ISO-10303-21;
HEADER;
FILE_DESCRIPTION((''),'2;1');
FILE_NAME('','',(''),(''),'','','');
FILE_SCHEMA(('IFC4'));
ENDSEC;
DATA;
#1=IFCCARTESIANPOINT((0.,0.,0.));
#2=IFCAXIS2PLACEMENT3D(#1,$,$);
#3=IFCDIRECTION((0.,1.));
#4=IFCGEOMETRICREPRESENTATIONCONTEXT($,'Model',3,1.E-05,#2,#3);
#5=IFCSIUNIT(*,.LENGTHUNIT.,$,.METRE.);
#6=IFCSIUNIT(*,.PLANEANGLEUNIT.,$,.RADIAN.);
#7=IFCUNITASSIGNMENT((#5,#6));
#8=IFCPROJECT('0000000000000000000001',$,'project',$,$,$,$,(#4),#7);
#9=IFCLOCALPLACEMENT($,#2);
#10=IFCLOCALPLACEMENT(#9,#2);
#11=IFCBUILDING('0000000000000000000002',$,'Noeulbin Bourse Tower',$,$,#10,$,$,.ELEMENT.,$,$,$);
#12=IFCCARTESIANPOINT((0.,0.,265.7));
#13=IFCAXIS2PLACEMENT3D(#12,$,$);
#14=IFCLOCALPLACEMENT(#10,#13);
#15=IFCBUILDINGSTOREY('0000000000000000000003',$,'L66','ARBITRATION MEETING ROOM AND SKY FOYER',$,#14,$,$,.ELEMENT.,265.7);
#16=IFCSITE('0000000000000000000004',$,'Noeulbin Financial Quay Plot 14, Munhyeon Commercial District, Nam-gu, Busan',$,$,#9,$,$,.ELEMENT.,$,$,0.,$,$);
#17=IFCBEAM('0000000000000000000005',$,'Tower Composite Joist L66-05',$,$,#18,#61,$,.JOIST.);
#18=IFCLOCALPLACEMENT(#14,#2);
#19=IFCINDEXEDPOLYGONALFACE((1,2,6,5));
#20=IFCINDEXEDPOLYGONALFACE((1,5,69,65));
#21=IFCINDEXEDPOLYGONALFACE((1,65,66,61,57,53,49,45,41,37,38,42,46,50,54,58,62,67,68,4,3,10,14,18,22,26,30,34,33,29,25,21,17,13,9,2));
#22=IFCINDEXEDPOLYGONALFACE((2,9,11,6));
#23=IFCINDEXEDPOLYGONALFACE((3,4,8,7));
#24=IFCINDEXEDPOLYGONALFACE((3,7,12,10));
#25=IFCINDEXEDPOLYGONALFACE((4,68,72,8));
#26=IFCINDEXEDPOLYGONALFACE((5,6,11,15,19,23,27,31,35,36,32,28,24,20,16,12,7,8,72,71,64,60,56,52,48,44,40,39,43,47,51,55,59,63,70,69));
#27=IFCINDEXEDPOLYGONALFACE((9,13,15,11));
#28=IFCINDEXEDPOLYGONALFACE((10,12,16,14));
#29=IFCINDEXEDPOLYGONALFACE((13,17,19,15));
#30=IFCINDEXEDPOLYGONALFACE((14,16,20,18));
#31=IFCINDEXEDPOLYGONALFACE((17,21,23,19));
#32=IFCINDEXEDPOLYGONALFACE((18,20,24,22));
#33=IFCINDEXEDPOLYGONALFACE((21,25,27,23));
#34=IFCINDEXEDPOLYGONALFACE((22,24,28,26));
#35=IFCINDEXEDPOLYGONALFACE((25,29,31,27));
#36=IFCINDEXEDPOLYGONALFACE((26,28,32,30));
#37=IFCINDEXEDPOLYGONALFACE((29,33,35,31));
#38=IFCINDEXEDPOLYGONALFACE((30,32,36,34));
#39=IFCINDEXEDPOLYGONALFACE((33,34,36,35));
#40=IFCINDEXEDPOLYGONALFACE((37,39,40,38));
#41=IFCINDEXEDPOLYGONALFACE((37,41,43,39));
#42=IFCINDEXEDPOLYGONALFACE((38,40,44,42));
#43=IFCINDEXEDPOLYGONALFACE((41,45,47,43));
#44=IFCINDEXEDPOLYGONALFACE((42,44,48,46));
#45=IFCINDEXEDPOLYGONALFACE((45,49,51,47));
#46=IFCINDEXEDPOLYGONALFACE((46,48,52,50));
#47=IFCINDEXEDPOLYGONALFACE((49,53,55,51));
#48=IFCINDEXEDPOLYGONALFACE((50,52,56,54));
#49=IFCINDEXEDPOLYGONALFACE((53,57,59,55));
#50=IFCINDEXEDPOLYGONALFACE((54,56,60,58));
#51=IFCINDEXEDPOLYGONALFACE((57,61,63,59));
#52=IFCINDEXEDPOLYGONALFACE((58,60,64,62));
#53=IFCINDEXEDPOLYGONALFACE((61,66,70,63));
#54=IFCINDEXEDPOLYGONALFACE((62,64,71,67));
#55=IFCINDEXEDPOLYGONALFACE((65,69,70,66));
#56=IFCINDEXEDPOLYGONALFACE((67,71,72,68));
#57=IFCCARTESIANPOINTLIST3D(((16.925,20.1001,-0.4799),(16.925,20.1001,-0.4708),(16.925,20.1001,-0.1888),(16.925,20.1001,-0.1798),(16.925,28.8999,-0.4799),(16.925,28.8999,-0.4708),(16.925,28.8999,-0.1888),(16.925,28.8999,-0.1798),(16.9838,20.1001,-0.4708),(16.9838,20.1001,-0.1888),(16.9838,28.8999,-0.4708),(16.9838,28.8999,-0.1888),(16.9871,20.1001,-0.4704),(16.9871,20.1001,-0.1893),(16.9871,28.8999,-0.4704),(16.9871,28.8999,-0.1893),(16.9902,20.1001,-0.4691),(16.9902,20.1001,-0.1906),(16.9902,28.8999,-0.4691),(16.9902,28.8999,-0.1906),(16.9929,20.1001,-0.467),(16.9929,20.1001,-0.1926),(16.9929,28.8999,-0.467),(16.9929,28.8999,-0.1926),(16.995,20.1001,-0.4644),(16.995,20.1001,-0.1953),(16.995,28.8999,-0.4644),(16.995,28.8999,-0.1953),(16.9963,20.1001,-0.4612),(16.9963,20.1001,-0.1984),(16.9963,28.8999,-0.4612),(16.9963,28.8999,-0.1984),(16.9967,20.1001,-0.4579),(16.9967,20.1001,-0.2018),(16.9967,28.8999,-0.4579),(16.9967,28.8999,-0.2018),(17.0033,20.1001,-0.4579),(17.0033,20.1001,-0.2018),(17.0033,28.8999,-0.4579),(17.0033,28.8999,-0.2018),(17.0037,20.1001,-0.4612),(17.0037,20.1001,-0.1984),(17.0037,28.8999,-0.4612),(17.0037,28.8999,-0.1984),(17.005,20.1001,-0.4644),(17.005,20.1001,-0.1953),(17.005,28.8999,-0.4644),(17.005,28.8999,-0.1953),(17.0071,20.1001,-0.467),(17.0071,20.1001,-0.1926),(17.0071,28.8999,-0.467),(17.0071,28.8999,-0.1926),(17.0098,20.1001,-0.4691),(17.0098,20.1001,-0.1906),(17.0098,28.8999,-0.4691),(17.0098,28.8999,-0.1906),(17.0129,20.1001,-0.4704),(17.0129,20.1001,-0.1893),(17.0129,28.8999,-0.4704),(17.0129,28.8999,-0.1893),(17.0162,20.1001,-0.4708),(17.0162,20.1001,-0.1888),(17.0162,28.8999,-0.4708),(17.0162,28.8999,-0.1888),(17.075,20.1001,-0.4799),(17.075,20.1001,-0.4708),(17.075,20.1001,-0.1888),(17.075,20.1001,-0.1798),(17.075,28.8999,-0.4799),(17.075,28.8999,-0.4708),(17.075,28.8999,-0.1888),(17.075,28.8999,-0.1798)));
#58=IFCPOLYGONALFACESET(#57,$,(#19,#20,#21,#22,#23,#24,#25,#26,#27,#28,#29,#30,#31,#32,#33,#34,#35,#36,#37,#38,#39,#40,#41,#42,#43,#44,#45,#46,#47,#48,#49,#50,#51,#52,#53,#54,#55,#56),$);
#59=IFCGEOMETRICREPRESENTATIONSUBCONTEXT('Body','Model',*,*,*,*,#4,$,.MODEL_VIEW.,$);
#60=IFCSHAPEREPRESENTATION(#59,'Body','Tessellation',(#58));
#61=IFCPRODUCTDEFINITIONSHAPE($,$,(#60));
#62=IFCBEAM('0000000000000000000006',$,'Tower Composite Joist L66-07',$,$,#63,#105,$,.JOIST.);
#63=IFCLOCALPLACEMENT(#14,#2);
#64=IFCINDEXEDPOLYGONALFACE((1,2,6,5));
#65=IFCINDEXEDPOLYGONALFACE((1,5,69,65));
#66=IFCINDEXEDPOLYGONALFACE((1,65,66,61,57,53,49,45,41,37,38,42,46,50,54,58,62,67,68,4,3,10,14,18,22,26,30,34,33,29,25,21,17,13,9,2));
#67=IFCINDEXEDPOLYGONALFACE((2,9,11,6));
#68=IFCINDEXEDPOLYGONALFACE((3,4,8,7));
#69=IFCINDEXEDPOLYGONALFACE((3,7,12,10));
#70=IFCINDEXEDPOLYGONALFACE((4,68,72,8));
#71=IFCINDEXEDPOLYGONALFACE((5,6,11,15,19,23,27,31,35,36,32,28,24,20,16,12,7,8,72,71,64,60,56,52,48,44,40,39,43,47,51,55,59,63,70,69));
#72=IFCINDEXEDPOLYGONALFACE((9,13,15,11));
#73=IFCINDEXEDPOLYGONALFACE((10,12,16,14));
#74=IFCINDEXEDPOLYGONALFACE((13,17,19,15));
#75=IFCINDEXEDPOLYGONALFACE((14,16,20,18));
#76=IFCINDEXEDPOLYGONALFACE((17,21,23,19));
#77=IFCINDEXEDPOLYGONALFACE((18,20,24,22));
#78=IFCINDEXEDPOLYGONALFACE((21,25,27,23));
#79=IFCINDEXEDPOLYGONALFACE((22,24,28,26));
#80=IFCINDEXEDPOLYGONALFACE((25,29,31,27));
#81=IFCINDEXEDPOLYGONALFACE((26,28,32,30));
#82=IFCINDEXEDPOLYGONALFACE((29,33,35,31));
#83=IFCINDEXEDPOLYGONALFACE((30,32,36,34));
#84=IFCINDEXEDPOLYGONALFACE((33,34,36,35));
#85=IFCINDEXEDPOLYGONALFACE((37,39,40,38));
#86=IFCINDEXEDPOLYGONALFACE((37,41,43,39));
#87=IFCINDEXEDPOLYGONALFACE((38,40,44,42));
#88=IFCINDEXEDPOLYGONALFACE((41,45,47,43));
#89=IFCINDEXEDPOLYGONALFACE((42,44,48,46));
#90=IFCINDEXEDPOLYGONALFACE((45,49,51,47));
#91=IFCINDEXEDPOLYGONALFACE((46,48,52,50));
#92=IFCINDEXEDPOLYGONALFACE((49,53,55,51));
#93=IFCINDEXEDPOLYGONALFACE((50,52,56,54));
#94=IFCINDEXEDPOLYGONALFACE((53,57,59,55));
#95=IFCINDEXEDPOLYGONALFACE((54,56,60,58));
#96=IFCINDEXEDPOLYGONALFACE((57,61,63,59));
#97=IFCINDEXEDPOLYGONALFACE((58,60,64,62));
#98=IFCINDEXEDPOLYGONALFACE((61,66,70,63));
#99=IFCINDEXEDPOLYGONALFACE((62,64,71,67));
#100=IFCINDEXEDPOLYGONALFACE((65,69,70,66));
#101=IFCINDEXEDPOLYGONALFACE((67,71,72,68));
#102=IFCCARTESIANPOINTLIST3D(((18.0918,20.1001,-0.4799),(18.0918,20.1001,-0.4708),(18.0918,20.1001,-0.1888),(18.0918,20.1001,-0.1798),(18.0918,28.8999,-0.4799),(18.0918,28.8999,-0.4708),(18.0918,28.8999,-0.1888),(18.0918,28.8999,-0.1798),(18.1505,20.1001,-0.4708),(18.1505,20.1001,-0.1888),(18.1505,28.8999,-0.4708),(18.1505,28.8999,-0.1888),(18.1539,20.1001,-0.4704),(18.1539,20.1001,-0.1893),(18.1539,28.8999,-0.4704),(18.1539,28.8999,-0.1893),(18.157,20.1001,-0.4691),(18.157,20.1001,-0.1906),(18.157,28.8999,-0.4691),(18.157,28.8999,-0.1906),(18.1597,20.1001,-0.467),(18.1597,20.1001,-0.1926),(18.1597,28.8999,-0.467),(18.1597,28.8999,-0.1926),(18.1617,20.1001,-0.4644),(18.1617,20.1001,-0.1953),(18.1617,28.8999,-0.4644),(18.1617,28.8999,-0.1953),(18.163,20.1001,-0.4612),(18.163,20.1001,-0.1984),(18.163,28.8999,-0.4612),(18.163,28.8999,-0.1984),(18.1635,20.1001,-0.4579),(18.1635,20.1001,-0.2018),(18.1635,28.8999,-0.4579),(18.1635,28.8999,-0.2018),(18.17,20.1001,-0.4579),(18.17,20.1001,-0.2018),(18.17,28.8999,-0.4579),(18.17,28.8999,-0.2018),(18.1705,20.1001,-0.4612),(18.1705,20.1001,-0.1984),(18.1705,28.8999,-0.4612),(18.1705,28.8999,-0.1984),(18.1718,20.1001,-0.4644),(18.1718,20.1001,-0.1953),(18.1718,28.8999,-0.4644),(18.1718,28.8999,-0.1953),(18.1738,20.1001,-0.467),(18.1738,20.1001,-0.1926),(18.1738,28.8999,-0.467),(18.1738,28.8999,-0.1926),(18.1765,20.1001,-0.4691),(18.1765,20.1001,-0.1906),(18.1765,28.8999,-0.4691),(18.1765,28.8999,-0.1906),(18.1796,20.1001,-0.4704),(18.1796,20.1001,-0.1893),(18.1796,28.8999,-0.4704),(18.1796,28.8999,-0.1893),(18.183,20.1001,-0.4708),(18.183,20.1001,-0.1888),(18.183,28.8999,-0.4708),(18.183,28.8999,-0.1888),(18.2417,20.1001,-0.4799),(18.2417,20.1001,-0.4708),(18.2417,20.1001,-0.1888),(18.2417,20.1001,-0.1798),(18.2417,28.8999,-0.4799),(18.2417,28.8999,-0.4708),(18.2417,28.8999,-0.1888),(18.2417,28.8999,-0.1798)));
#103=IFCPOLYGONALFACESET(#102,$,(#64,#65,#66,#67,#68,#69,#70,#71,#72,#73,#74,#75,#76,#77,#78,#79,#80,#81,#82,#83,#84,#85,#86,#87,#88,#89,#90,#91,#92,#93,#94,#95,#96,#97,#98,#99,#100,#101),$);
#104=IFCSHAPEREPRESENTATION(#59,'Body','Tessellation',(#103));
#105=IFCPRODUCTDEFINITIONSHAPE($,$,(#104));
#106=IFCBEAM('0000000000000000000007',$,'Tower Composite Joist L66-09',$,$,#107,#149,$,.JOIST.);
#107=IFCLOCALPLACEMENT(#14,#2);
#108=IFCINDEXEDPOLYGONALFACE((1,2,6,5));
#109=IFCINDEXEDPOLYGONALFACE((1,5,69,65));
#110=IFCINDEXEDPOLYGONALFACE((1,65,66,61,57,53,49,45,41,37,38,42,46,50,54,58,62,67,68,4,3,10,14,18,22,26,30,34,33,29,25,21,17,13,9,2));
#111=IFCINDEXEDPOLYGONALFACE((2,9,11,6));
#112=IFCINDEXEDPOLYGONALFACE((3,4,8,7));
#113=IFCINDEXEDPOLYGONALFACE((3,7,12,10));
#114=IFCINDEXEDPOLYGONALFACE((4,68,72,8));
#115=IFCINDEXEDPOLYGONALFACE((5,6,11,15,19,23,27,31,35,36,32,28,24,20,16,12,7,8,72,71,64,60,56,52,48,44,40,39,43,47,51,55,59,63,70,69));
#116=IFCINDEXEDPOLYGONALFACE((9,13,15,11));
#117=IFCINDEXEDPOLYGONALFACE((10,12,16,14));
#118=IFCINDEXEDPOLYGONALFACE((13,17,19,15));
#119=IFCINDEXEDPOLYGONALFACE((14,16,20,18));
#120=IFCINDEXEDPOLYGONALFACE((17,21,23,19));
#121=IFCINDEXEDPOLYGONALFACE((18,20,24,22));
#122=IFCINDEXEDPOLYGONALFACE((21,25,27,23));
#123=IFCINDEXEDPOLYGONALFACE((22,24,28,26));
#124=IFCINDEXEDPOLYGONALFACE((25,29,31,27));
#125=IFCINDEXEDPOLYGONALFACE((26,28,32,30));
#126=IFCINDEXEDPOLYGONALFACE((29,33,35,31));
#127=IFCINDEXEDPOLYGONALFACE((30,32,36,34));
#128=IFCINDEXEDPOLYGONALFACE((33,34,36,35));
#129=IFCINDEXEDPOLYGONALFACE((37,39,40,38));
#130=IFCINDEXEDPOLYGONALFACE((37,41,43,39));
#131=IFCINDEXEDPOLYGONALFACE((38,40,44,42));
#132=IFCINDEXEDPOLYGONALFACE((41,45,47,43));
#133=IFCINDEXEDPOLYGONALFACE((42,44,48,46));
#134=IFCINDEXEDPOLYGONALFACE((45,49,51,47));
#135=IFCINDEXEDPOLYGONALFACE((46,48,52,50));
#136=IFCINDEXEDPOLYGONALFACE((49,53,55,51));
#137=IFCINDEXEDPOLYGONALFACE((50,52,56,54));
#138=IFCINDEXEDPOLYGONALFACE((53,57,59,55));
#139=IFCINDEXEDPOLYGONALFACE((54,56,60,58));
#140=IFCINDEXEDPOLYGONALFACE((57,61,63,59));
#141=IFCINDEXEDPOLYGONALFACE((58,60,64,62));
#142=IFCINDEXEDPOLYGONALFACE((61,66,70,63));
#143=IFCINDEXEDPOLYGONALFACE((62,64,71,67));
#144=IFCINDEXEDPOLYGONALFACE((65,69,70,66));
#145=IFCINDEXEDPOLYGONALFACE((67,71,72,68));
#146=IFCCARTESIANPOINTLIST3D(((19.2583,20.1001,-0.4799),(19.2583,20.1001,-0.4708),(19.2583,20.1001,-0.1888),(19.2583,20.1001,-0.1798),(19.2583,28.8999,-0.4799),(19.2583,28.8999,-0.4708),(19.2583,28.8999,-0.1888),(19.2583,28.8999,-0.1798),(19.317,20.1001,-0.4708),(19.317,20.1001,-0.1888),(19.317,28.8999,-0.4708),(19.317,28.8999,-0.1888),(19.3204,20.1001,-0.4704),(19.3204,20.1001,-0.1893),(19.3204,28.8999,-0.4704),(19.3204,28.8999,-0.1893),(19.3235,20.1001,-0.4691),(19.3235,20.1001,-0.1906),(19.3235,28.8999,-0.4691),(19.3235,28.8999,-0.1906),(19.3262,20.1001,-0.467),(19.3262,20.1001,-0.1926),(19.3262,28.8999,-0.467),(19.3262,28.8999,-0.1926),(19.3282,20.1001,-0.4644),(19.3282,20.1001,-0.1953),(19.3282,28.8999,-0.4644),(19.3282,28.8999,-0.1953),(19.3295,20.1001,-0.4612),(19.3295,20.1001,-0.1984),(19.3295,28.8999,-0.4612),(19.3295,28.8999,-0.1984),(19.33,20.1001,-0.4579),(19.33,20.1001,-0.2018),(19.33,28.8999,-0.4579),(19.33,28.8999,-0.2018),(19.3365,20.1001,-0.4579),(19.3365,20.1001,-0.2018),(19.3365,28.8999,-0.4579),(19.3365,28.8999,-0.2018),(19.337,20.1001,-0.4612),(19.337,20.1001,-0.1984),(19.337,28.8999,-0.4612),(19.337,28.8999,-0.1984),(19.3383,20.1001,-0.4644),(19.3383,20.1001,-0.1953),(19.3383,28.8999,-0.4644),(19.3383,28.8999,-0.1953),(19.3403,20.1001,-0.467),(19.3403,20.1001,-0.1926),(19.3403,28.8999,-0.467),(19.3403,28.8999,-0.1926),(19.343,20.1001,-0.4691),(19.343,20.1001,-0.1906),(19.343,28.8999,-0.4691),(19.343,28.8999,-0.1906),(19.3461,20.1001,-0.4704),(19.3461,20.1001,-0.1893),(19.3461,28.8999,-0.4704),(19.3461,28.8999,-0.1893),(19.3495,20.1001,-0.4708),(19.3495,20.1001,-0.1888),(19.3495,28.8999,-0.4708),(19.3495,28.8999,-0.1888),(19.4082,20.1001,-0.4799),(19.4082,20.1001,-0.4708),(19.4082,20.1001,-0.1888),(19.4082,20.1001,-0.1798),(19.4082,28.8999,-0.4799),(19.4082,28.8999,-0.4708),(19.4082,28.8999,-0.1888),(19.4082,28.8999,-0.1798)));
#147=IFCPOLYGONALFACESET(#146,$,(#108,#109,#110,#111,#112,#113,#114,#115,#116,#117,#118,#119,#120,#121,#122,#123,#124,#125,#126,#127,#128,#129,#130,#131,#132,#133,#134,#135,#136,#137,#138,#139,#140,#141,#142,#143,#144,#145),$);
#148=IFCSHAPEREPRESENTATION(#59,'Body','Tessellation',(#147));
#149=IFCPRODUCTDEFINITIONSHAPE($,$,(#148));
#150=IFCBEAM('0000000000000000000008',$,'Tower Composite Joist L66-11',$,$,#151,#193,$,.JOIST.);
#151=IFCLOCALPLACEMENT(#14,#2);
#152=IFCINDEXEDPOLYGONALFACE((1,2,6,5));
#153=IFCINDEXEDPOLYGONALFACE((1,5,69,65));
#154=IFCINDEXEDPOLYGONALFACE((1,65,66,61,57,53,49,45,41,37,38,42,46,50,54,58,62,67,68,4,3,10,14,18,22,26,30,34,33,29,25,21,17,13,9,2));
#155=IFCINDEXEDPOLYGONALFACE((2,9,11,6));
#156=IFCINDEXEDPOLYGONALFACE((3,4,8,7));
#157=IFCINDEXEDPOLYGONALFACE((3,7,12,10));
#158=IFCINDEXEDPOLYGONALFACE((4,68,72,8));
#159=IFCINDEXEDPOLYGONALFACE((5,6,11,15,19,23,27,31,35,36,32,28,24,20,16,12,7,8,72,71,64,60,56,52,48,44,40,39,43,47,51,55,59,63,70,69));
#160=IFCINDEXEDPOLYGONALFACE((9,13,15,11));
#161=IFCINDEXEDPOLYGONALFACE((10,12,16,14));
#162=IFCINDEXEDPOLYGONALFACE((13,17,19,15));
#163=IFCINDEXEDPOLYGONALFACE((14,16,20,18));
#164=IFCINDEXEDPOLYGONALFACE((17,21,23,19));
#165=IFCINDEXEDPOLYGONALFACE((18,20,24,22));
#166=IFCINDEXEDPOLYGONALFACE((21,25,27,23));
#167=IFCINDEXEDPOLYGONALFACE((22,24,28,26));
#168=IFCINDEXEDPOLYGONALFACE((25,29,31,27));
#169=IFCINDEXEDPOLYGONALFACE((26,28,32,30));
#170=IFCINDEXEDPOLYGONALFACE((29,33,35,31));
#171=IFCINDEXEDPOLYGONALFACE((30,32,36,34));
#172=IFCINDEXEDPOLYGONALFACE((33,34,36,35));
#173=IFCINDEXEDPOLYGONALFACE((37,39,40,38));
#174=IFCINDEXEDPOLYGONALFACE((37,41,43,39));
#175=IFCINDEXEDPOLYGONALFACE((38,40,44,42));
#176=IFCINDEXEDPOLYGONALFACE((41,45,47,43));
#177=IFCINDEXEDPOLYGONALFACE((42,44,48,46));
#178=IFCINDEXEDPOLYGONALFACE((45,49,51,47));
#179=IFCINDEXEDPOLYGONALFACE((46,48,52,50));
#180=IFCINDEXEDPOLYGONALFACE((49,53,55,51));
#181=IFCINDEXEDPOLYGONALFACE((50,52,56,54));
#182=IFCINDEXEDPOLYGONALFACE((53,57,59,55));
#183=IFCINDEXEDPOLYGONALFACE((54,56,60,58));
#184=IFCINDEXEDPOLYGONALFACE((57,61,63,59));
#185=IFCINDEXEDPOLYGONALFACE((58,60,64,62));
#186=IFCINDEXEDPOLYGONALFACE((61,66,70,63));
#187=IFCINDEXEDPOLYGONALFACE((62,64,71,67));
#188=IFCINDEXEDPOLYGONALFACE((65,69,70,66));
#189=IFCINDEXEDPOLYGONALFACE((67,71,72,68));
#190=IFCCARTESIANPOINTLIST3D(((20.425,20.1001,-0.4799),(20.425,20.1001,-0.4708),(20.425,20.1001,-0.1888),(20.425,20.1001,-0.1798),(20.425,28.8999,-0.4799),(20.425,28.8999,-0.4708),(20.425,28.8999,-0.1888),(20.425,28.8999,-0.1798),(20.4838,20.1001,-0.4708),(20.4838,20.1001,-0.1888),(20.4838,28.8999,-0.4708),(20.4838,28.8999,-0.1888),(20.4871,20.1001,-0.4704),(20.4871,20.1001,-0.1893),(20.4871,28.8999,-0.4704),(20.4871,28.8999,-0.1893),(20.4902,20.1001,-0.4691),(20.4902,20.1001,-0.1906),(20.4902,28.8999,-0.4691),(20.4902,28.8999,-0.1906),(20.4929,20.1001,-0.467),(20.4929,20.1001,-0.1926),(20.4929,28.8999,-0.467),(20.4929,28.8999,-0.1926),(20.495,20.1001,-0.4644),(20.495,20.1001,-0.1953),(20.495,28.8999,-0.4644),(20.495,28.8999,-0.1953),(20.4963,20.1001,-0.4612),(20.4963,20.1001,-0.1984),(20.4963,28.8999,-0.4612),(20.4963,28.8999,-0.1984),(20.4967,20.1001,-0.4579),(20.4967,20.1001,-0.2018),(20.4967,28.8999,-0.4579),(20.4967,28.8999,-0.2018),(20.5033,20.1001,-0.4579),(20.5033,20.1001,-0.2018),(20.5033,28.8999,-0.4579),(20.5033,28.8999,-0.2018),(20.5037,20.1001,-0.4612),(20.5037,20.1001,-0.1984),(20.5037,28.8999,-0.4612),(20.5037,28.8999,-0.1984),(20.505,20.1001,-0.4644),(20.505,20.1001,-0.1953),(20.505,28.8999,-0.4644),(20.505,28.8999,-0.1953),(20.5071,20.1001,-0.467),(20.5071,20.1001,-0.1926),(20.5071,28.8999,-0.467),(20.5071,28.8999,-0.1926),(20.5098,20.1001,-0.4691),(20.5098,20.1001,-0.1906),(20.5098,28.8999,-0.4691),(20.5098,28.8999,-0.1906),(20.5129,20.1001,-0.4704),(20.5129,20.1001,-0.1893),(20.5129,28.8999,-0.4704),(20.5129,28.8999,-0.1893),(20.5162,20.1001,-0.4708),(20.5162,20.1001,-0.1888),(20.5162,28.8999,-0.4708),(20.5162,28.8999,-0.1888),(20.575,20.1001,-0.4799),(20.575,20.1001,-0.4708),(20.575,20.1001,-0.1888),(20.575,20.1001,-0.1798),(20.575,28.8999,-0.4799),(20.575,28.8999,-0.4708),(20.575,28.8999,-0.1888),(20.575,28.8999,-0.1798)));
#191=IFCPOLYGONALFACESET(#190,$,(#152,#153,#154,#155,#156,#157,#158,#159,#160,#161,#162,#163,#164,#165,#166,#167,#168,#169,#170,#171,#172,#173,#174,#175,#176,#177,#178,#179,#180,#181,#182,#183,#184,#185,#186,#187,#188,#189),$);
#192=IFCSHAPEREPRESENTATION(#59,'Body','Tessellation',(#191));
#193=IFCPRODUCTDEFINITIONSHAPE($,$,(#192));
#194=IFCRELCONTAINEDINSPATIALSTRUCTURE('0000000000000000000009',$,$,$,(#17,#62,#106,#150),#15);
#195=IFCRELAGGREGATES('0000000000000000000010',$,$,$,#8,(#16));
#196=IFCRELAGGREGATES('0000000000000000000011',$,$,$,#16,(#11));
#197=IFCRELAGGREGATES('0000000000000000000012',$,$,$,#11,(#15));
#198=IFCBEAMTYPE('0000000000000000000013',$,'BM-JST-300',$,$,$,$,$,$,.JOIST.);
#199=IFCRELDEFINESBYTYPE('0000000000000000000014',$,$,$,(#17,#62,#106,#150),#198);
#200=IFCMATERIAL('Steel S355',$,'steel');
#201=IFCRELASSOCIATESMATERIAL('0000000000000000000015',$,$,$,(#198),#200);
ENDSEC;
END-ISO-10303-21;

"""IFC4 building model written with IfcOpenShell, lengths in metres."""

from ifc_helpers import new_model, si_unit, direction, frame, origin, origin_2d, place, context, subcontext, project, spatial, i_section, extrude, material, material_profile, profile_set, type_object, element, save


model = new_model("IFC4")

# Units and contexts
model_context = context("Model", 3, precision=1e-05, world=origin(), true_north=direction((0.0, 1.0)))
body_context = subcontext(model_context, "Body", "Model", "MODEL_VIEW")
ifc_project = project(units=[si_unit("LENGTHUNIT", "METRE"), si_unit("PLANEANGLEUNIT", "RADIAN")], contexts=[model_context])

# Site, building, storey
site_placement = place(None, origin())
site = spatial("IfcSite", under=ifc_project, at=site_placement, Name="Noeulbin Financial Quay Plot 14, Munhyeon Commercial District, Nam-gu, Busan", CompositionType="ELEMENT", RefElevation=0.0)
building_placement = place(site_placement, origin())
building = spatial("IfcBuilding", under=site, at=building_placement, Name="Noeulbin Bourse Tower", CompositionType="ELEMENT")
storey_placement = place(building_placement, frame((0.0, 0.0, 265.7)))
storey = spatial("IfcBuildingStorey", under=building, at=storey_placement, Name="L66", Description="ARBITRATION MEETING ROOM AND SKY FOYER", CompositionType="ELEMENT", Elevation=265.7)

# Shared definitions
ifc_material_1 = material(Name="Steel S355", Category="steel")

# Beams
ifc_material_profile_1 = material_profile(ifc_material_1, i_section(OverallWidth=0.1499, OverallDepth=0.3, WebThickness=0.0066, FlangeThickness=0.009, FilletRadius=0.0129, at=origin_2d()), Name="H-300x150x6.5x9", Category="LoadBearing")
ifc_profile_set_1 = profile_set([ifc_material_profile_1], Name="Steel S355")
beam_type_1 = type_object("IfcBeamType", Name="BM-JST-300", PredefinedType="JOIST", material=ifc_profile_set_1)
for number, where, z_axis, x_axis, name in (
    (1, (17.0, 20.1001, -0.3298), (0.0, 1.0, 0.0), (-1.0, 0.0, 0.0), "Tower Composite Joist L66-05"),
    (2, (18.1667, 20.1001, -0.3298), (0.0, 1.0, 0.0), (-1.0, 0.0, 0.0), "Tower Composite Joist L66-07"),
    (3, (19.3333, 20.1001, -0.3298), (0.0, 1.0, 0.0), (-1.0, 0.0, 0.0), "Tower Composite Joist L66-09"),
    (4, (20.5, 20.1001, -0.3298), (0.0, 1.0, 0.0), (-1.0, 0.0, 0.0), "Tower Composite Joist L66-11"),
):
    element("IfcBeam", number, at=place(storey_placement, frame(where, z_axis=z_axis, x_axis=x_axis)), inside=storey, type_object=beam_type_1, Name=name, PredefinedType="JOIST", context=body_context, shape_type="SweptSolid", body=[
        extrude(i_section(OverallWidth=0.1499, OverallDepth=0.3, WebThickness=0.0066, FlangeThickness=0.009, FilletRadius=0.0129, at=origin_2d()), origin(), (0.0, 0.0, 1.0), 8.7998),
    ])

save(model, "model.ifc")
